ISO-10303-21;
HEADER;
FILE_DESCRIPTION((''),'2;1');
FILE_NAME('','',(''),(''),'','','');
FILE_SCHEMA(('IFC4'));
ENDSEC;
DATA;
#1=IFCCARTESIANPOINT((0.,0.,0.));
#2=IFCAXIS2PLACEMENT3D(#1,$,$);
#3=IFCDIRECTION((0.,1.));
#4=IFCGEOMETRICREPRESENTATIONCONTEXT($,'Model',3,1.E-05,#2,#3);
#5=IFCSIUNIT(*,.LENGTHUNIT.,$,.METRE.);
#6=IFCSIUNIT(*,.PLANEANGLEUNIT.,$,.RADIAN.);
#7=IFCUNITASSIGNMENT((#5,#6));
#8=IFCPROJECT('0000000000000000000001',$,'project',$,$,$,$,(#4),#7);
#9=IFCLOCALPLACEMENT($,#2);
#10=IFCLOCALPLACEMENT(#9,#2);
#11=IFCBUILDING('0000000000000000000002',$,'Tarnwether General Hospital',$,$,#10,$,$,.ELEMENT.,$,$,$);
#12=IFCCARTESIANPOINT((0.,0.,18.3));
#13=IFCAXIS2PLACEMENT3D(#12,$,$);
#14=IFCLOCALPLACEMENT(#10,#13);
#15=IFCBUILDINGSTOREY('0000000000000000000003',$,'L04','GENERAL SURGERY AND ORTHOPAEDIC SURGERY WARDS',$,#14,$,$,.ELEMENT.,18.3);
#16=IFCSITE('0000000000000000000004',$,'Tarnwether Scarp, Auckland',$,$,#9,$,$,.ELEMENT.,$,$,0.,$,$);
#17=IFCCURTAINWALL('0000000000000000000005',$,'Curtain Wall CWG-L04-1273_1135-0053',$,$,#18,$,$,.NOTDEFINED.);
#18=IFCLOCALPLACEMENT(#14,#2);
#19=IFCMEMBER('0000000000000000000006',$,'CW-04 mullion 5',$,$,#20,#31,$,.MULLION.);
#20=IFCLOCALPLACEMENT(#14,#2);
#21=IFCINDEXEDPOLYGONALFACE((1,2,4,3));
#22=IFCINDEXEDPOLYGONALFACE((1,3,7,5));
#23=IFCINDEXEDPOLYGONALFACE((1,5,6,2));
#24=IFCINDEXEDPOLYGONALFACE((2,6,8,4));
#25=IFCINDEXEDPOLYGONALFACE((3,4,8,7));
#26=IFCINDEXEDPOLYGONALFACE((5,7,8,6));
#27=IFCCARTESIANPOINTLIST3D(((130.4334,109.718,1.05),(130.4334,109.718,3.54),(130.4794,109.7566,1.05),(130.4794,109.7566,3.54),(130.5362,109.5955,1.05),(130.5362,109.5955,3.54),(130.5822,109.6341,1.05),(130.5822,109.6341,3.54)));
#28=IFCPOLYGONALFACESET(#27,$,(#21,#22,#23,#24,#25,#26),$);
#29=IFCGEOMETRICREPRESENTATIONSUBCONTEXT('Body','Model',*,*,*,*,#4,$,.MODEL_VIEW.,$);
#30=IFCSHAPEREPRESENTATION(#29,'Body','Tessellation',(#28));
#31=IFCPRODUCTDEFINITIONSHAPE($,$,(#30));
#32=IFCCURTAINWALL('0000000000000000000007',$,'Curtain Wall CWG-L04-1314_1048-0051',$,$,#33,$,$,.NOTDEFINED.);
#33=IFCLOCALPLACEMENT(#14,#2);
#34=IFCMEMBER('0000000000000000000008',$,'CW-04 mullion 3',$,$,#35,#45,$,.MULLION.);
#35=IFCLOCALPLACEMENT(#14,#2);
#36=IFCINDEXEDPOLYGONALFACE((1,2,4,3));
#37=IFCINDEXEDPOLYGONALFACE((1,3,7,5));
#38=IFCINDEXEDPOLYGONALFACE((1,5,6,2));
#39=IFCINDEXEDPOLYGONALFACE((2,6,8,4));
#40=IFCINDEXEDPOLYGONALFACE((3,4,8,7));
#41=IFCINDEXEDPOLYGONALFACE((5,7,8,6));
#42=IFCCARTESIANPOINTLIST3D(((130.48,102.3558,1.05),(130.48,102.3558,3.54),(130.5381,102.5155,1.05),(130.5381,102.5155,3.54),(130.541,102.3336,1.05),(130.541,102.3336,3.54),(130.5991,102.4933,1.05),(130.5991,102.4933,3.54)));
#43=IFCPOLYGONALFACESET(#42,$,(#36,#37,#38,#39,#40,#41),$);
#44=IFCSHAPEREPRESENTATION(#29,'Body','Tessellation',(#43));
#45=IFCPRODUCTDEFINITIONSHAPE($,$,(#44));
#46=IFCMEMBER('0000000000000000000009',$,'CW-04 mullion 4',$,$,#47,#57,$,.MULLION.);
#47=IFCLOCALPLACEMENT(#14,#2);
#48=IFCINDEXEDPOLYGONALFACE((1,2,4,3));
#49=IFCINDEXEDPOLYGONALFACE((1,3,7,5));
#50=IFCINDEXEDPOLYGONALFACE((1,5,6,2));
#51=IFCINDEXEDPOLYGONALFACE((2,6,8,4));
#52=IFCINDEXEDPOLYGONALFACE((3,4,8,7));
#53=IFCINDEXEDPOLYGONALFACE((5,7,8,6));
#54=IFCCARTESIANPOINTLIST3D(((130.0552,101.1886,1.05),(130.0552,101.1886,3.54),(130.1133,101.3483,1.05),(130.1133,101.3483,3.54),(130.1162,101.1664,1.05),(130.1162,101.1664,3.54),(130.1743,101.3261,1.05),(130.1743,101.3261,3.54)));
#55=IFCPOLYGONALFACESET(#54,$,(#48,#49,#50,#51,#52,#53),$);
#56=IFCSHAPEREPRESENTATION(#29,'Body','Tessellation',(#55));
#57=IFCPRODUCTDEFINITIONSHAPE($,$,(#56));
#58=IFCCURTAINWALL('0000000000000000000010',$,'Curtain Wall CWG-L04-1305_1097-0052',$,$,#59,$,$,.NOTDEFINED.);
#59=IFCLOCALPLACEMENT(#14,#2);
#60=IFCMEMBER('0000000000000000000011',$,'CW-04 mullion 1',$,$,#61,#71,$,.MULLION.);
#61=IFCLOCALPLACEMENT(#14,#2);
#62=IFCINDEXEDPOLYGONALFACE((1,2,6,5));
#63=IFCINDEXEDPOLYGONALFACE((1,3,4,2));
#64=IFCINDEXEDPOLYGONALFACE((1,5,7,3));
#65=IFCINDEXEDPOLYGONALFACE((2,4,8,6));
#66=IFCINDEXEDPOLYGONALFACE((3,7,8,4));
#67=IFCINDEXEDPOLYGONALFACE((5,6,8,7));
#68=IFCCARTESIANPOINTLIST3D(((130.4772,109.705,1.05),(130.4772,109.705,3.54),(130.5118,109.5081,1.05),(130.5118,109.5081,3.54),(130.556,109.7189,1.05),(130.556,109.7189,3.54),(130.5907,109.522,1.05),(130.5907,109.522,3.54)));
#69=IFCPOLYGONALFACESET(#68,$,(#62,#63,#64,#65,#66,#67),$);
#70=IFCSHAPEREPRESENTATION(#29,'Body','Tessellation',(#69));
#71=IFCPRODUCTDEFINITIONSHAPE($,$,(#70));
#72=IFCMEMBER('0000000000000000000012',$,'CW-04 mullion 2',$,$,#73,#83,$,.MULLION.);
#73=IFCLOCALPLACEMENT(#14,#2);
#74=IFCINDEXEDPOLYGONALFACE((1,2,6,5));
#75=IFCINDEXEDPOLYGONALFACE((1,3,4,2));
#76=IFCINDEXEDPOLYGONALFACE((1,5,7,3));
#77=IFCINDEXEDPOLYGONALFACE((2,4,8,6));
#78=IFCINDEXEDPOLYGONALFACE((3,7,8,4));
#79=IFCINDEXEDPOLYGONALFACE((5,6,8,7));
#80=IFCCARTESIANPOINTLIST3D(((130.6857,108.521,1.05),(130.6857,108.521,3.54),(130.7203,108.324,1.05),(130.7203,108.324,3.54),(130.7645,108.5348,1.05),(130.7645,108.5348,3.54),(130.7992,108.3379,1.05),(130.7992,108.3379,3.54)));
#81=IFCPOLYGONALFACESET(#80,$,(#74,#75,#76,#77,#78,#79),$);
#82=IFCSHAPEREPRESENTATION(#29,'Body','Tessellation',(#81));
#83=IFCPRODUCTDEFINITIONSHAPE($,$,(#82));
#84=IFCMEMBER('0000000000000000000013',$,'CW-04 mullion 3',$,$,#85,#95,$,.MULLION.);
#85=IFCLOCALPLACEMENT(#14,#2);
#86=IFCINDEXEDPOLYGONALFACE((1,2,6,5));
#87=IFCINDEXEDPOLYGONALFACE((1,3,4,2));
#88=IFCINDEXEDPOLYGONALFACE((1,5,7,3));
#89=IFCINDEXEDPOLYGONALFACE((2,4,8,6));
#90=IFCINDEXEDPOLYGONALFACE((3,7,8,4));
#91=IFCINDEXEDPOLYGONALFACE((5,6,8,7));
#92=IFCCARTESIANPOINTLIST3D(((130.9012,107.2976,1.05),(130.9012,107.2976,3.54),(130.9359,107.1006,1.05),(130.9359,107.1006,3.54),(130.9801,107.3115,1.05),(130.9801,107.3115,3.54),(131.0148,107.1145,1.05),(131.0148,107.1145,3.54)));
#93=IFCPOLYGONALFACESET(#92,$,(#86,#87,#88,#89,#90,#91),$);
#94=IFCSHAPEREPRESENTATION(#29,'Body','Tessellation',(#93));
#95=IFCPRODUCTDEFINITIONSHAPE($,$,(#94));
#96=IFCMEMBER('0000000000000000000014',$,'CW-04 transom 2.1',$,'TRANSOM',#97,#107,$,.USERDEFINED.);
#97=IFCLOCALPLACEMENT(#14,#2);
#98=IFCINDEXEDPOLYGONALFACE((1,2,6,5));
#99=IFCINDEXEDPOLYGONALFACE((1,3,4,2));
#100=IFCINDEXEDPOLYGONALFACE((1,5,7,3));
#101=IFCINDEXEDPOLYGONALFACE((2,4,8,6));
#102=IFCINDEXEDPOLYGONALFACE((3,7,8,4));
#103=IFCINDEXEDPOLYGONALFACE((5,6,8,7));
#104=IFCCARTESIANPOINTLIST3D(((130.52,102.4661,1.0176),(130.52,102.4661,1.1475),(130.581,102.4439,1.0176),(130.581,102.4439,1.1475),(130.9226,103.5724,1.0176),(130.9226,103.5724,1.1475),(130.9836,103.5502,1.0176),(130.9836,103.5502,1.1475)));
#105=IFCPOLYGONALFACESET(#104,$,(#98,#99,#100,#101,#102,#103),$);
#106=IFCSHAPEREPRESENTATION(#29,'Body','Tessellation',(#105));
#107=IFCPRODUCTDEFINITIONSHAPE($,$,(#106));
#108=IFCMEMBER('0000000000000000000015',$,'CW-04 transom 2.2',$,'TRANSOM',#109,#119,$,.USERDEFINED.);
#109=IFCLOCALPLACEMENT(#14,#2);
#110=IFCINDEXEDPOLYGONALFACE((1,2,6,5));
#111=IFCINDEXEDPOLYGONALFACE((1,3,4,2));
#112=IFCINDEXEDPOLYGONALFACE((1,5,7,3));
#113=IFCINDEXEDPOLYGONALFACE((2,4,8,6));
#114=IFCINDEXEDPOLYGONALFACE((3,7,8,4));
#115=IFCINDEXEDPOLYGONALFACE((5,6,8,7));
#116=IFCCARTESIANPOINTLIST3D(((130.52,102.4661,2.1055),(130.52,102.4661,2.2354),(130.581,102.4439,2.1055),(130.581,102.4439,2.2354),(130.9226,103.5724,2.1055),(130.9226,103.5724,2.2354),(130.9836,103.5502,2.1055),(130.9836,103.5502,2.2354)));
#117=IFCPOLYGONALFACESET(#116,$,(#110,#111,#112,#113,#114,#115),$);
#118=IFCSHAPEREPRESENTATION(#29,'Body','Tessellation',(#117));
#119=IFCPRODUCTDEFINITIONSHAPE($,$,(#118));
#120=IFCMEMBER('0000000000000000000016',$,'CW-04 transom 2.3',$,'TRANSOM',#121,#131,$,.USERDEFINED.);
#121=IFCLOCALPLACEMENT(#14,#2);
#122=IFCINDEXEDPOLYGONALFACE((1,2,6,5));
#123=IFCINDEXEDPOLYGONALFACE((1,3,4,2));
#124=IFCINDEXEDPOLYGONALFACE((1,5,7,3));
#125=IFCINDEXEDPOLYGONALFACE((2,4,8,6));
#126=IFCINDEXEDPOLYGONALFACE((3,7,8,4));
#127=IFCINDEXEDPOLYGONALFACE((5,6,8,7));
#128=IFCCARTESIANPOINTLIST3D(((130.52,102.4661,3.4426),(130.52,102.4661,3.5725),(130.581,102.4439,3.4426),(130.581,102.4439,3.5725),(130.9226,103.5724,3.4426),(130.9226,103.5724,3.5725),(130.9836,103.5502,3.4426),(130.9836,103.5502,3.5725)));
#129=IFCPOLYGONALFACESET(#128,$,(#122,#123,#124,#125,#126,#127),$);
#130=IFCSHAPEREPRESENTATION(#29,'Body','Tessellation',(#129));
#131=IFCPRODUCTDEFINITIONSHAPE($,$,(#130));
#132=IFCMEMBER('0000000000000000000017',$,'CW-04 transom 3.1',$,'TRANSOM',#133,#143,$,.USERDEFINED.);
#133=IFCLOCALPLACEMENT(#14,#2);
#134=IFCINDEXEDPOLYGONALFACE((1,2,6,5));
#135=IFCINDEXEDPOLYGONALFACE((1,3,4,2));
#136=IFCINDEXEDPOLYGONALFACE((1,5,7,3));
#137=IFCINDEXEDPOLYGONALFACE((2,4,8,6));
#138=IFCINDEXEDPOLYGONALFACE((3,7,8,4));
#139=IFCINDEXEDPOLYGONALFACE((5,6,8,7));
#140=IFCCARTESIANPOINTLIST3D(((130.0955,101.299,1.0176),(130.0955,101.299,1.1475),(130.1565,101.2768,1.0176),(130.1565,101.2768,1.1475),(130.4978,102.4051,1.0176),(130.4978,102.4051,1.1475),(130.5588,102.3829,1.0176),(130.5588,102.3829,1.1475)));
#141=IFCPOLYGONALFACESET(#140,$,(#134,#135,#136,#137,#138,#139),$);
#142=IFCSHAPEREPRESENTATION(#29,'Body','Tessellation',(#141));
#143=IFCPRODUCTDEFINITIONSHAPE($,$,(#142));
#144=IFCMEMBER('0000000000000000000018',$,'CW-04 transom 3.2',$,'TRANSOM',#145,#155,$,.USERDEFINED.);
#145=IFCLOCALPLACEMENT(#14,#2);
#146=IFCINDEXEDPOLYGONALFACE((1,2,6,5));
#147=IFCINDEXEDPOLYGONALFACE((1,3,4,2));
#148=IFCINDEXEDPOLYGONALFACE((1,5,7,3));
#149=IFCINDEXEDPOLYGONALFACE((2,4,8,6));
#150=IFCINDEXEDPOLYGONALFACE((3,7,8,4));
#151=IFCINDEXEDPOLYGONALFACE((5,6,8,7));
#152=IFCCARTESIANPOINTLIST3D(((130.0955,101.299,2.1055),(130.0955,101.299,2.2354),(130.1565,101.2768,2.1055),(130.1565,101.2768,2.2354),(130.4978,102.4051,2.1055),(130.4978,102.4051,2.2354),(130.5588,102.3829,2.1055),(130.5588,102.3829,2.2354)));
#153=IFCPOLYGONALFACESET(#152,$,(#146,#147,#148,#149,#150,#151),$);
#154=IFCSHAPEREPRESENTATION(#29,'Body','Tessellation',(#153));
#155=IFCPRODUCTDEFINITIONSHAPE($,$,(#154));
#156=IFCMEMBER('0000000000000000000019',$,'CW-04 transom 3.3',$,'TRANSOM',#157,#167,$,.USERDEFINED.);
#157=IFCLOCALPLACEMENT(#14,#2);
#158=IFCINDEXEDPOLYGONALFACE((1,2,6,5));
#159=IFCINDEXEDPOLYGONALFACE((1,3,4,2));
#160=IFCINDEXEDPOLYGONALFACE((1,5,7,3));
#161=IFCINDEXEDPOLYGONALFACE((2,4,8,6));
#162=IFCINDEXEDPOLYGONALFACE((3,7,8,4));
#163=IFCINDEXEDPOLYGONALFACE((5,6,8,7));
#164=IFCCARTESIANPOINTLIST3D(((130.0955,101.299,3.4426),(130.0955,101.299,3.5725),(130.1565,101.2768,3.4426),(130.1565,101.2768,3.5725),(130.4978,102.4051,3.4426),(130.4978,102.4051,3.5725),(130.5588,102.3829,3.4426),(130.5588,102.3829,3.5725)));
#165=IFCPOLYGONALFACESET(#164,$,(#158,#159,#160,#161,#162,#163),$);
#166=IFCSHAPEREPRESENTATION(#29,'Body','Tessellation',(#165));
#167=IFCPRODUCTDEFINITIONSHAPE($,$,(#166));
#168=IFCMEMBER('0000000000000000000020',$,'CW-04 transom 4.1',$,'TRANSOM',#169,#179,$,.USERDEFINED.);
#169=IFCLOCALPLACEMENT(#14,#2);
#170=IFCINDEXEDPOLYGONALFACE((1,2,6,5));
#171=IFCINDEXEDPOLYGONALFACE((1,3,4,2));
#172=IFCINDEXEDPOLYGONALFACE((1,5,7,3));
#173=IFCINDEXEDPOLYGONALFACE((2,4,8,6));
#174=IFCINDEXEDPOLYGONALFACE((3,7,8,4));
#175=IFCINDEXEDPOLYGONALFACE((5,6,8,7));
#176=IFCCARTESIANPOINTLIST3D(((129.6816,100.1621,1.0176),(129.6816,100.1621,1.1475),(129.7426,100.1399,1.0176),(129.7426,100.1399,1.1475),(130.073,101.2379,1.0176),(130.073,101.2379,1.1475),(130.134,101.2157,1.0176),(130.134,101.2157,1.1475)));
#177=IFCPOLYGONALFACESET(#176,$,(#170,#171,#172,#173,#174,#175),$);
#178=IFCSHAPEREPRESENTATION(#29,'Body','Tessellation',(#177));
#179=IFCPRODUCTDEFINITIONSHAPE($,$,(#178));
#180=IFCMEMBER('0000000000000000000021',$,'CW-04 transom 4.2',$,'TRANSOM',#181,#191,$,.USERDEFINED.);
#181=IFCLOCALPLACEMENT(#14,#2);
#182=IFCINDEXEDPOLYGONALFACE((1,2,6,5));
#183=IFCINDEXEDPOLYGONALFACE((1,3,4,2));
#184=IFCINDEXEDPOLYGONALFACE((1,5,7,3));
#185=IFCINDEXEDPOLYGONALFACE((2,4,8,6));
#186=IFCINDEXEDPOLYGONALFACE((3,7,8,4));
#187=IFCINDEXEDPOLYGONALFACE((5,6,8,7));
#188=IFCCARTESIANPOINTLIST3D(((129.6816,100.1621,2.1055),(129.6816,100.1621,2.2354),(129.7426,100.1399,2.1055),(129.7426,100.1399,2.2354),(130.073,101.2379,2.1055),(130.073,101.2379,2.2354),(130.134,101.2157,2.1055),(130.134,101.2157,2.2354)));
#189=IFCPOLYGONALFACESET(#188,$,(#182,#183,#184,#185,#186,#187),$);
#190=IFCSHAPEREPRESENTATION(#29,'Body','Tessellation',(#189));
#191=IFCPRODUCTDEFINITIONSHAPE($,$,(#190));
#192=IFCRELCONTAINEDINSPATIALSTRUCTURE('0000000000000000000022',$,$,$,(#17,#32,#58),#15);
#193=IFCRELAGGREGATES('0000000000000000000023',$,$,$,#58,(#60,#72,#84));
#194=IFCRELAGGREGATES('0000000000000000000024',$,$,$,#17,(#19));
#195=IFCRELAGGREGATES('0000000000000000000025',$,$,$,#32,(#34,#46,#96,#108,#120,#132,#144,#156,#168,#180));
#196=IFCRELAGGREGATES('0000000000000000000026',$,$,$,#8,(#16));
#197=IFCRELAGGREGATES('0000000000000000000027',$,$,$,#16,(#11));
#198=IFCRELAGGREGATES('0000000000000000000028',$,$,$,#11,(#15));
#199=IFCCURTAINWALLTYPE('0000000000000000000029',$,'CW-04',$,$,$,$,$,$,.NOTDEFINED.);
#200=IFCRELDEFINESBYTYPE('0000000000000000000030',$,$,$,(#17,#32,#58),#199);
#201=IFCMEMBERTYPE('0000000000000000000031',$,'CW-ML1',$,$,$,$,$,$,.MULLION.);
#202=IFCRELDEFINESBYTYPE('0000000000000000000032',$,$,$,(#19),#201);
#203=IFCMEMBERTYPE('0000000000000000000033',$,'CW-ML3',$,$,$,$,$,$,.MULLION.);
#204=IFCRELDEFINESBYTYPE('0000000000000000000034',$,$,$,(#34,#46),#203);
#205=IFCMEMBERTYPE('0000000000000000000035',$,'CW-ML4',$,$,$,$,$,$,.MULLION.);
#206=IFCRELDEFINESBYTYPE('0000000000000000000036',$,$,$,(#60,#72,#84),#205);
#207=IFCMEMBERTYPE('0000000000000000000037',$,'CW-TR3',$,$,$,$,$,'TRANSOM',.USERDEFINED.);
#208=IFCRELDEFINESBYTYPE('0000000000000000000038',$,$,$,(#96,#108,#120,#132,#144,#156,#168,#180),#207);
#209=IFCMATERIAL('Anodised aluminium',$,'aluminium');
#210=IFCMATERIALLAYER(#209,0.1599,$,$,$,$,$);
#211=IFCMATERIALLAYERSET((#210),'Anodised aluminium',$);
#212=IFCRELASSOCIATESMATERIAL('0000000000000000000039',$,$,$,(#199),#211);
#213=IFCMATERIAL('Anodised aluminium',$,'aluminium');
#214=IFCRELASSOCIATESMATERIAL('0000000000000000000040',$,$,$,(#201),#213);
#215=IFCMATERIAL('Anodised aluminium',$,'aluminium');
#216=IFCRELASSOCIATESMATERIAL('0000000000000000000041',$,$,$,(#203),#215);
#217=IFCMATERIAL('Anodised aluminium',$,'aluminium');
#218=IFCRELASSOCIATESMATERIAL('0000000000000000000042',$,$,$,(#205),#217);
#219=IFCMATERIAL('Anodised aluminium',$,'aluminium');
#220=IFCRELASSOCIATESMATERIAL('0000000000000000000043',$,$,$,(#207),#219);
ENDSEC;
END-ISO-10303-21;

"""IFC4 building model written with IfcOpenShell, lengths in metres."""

from ifc_helpers import new_model, si_unit, direction, frame, origin, origin_2d, place, context, subcontext, project, spatial, rectangle, extrude, material, layer, layer_set, material_profile, profile_set, type_object, element, aggregate, save


model = new_model("IFC4")

# Units and contexts
model_context = context("Model", 3, precision=1e-05, world=origin(), true_north=direction((0.0, 1.0)))
body_context = subcontext(model_context, "Body", "Model", "MODEL_VIEW")
ifc_project = project(units=[si_unit("LENGTHUNIT", "METRE"), si_unit("PLANEANGLEUNIT", "RADIAN")], contexts=[model_context])

# Site, building, storey
site_placement = place(None, origin())
site = spatial("IfcSite", under=ifc_project, at=site_placement, Name="Tarnwether Scarp, Auckland", CompositionType="ELEMENT", RefElevation=0.0)
building_placement = place(site_placement, origin())
building = spatial("IfcBuilding", under=site, at=building_placement, Name="Tarnwether General Hospital", CompositionType="ELEMENT")
storey_placement = place(building_placement, frame((0.0, 0.0, 18.3)))
storey = spatial("IfcBuildingStorey", under=building, at=storey_placement, Name="L04", Description="GENERAL SURGERY AND ORTHOPAEDIC SURGERY WARDS", CompositionType="ELEMENT", Elevation=18.3)

# Curtain wall, member
ifc_material_1 = material(Name="Anodised aluminium", Category="aluminium")
ifc_layer_1 = layer(ifc_material_1, 0.1599)
ifc_layer_set_1 = layer_set([ifc_layer_1], Name="Anodised aluminium")
curtain_wall_type = type_object("IfcCurtainWallType", Name="CW-04", PredefinedType="NOTDEFINED", material=ifc_layer_set_1)
curtain_wall_1_placement = place(storey_placement, origin())
curtain_wall_1 = element("IfcCurtainWall", 1, at=curtain_wall_1_placement, inside=storey, type_object=curtain_wall_type, Name="Curtain Wall CWG-L04-1273_1135-0053", PredefinedType="NOTDEFINED")
ifc_material_2 = material(Name="Anodised aluminium", Category="aluminium")
ifc_material_profile_1 = material_profile(ifc_material_2, rectangle(XDim=0.0601, YDim=0.1599, at=origin_2d()), Name="ALU-MUL-60x160")
ifc_profile_set_1 = profile_set([ifc_material_profile_1], Name="Anodised aluminium")
member_type_1 = type_object("IfcMemberType", Name="CW-ML1", PredefinedType="MULLION", material=ifc_profile_set_1)
member_1_placement = place(storey_placement, frame((130.5078, 109.676, 1.05), z_axis=(0.0, 0.0, 1.0), x_axis=(0.76599, 0.642852, 0.0)))
member_1 = element("IfcMember", 2, at=member_1_placement, type_object=member_type_1, Name="CW-04 mullion 5", PredefinedType="MULLION", context=body_context, shape_type="SweptSolid", body=[
    extrude(rectangle(XDim=0.0601, YDim=0.1599, at=origin_2d()), origin(), (0.0, 0.0, 1.0), 2.49),
])

# Curtain walls, members
curtain_wall_2_placement = place(storey_placement, origin())
curtain_wall_2 = element("IfcCurtainWall", 3, at=curtain_wall_2_placement, inside=storey, type_object=curtain_wall_type, Name="Curtain Wall CWG-L04-1314_1048-0051", PredefinedType="NOTDEFINED")
ifc_material_3 = material(Name="Anodised aluminium", Category="aluminium")
ifc_material_profile_2 = material_profile(ifc_material_3, rectangle(XDim=0.0649, YDim=0.1699, at=origin_2d()), Name="ALU-MUL-65x170")
ifc_profile_set_2 = profile_set([ifc_material_profile_2], Name="Anodised aluminium")
member_type_2 = type_object("IfcMemberType", Name="CW-ML3", PredefinedType="MULLION", material=ifc_profile_set_2)
member_2_placement = place(storey_placement, frame((130.5396, 102.4246, 1.05), z_axis=(0.0, 0.0, 1.0), x_axis=(0.939717, -0.341953, 0.0)))
member_2 = element("IfcMember", 4, at=member_2_placement, type_object=member_type_2, Name="CW-04 mullion 3", PredefinedType="MULLION", context=body_context, shape_type="SweptSolid", body=[
    extrude(rectangle(XDim=0.0649, YDim=0.1699, at=origin_2d()), origin(), (0.0, 0.0, 1.0), 2.49),
])
member_3_placement = place(storey_placement, frame((130.1147, 101.2573, 1.05), z_axis=(0.0, 0.0, 1.0), x_axis=(0.939717, -0.341953, 0.0)))
member_3 = element("IfcMember", 5, at=member_3_placement, type_object=member_type_2, Name="CW-04 mullion 4", PredefinedType="MULLION", context=body_context, shape_type="SweptSolid", body=[
    extrude(rectangle(XDim=0.0649, YDim=0.1699, at=origin_2d()), origin(), (0.0, 0.0, 1.0), 2.49),
])
curtain_wall_3_placement = place(storey_placement, origin())
curtain_wall_3 = element("IfcCurtainWall", 6, at=curtain_wall_3_placement, inside=storey, type_object=curtain_wall_type, Name="Curtain Wall CWG-L04-1305_1097-0052", PredefinedType="NOTDEFINED")
ifc_material_4 = material(Name="Anodised aluminium", Category="aluminium")
ifc_material_profile_3 = material_profile(ifc_material_4, rectangle(XDim=0.0801, YDim=0.2, at=origin_2d()), Name="ALU-MUL-80x200")
ifc_profile_set_3 = profile_set([ifc_material_profile_3], Name="Anodised aluminium")
member_type_3 = type_object("IfcMemberType", Name="CW-ML4", PredefinedType="MULLION", material=ifc_profile_set_3)
member_4_placement = place(storey_placement, frame((130.5339, 109.6135, 1.05), z_axis=(0.0, 0.0, 1.0), x_axis=(0.98484, 0.173464, 0.0)))
member_4 = element("IfcMember", 7, at=member_4_placement, type_object=member_type_3, Name="CW-04 mullion 1", PredefinedType="MULLION", context=body_context, shape_type="SweptSolid", body=[
    extrude(rectangle(XDim=0.0801, YDim=0.2, at=origin_2d()), origin(), (0.0, 0.0, 1.0), 2.49),
])
member_5_placement = place(storey_placement, frame((130.7424, 108.4294, 1.05), z_axis=(0.0, 0.0, 1.0), x_axis=(0.98484, 0.173464, 0.0)))
member_5 = element("IfcMember", 8, at=member_5_placement, type_object=member_type_3, Name="CW-04 mullion 2", PredefinedType="MULLION", context=body_context, shape_type="SweptSolid", body=[
    extrude(rectangle(XDim=0.0801, YDim=0.2, at=origin_2d()), origin(), (0.0, 0.0, 1.0), 2.49),
])
member_6_placement = place(storey_placement, frame((130.958, 107.2061, 1.05), z_axis=(0.0, 0.0, 1.0), x_axis=(0.98484, 0.173464, 0.0)))
member_6 = element("IfcMember", 9, at=member_6_placement, type_object=member_type_3, Name="CW-04 mullion 3", PredefinedType="MULLION", context=body_context, shape_type="SweptSolid", body=[
    extrude(rectangle(XDim=0.0801, YDim=0.2, at=origin_2d()), origin(), (0.0, 0.0, 1.0), 2.49),
])

# Members
ifc_material_5 = material(Name="Anodised aluminium", Category="aluminium")
ifc_material_profile_4 = material_profile(ifc_material_5, rectangle(XDim=0.0649, YDim=0.1299, at=origin_2d()), Name="ALU-TRN-65x130")
ifc_profile_set_4 = profile_set([ifc_material_profile_4], Name="Anodised aluminium")
member_type_4 = type_object("IfcMemberType", Name="CW-TR3", ElementType="TRANSOM", PredefinedType="USERDEFINED", material=ifc_profile_set_4)
member_7_placement = place(storey_placement, frame((130.9531, 103.5613, 1.0825), z_axis=(-0.341993, -0.939703, 0.0), x_axis=(0.939703, -0.341993, 0.0)))
member_7 = element("IfcMember", 10, at=member_7_placement, type_object=member_type_4, Name="CW-04 transom 2.1", ObjectType="TRANSOM", PredefinedType="USERDEFINED", context=body_context, shape_type="SweptSolid", body=[
    extrude(rectangle(XDim=0.0649, YDim=0.1299, at=origin_2d()), origin(), (0.0, 0.0, 1.0), 1.1772),
])
member_8_placement = place(storey_placement, frame((130.9531, 103.5613, 2.1704), z_axis=(-0.341993, -0.939703, 0.0), x_axis=(0.939703, -0.341993, 0.0)))
member_8 = element("IfcMember", 11, at=member_8_placement, type_object=member_type_4, Name="CW-04 transom 2.2", ObjectType="TRANSOM", PredefinedType="USERDEFINED", context=body_context, shape_type="SweptSolid", body=[
    extrude(rectangle(XDim=0.0649, YDim=0.1299, at=origin_2d()), origin(), (0.0, 0.0, 1.0), 1.1772),
])
member_9_placement = place(storey_placement, frame((130.9531, 103.5613, 3.5076), z_axis=(-0.341993, -0.939703, 0.0), x_axis=(0.939703, -0.341993, 0.0)))
member_9 = element("IfcMember", 12, at=member_9_placement, type_object=member_type_4, Name="CW-04 transom 2.3", ObjectType="TRANSOM", PredefinedType="USERDEFINED", context=body_context, shape_type="SweptSolid", body=[
    extrude(rectangle(XDim=0.0649, YDim=0.1299, at=origin_2d()), origin(), (0.0, 0.0, 1.0), 1.1772),
])
member_10_placement = place(storey_placement, frame((130.5283, 102.394, 1.0825), z_axis=(-0.34181, -0.939769, 0.0), x_axis=(0.939769, -0.34181, 0.0)))
member_10 = element("IfcMember", 13, at=member_10_placement, type_object=member_type_4, Name="CW-04 transom 3.1", ObjectType="TRANSOM", PredefinedType="USERDEFINED", context=body_context, shape_type="SweptSolid", body=[
    extrude(rectangle(XDim=0.0649, YDim=0.1299, at=origin_2d()), origin(), (0.0, 0.0, 1.0), 1.177),
])
member_11_placement = place(storey_placement, frame((130.5283, 102.394, 2.1704), z_axis=(-0.34181, -0.939769, 0.0), x_axis=(0.939769, -0.34181, 0.0)))
member_11 = element("IfcMember", 14, at=member_11_placement, type_object=member_type_4, Name="CW-04 transom 3.2", ObjectType="TRANSOM", PredefinedType="USERDEFINED", context=body_context, shape_type="SweptSolid", body=[
    extrude(rectangle(XDim=0.0649, YDim=0.1299, at=origin_2d()), origin(), (0.0, 0.0, 1.0), 1.177),
])
member_12_placement = place(storey_placement, frame((130.5283, 102.394, 3.5076), z_axis=(-0.34181, -0.939769, 0.0), x_axis=(0.939769, -0.34181, 0.0)))
member_12 = element("IfcMember", 15, at=member_12_placement, type_object=member_type_4, Name="CW-04 transom 3.3", ObjectType="TRANSOM", PredefinedType="USERDEFINED", context=body_context, shape_type="SweptSolid", body=[
    extrude(rectangle(XDim=0.0649, YDim=0.1299, at=origin_2d()), origin(), (0.0, 0.0, 1.0), 1.177),
])
member_13_placement = place(storey_placement, frame((130.1035, 101.2268, 1.0825), z_axis=(-0.341897, -0.939737, 0.0), x_axis=(0.939737, -0.341897, 0.0)))
member_13 = element("IfcMember", 16, at=member_13_placement, type_object=member_type_4, Name="CW-04 transom 4.1", ObjectType="TRANSOM", PredefinedType="USERDEFINED", context=body_context, shape_type="SweptSolid", body=[
    extrude(rectangle(XDim=0.0649, YDim=0.1299, at=origin_2d()), origin(), (0.0, 0.0, 1.0), 1.1448),
])
member_14_placement = place(storey_placement, frame((130.1035, 101.2268, 2.1704), z_axis=(-0.341897, -0.939737, 0.0), x_axis=(0.939737, -0.341897, 0.0)))
member_14 = element("IfcMember", 17, at=member_14_placement, type_object=member_type_4, Name="CW-04 transom 4.2", ObjectType="TRANSOM", PredefinedType="USERDEFINED", context=body_context, shape_type="SweptSolid", body=[
    extrude(rectangle(XDim=0.0649, YDim=0.1299, at=origin_2d()), origin(), (0.0, 0.0, 1.0), 1.1448),
])

aggregate(curtain_wall_3, [member_4, member_5, member_6])
aggregate(curtain_wall_1, [member_1])
aggregate(curtain_wall_2, [member_2, member_3, member_7, member_8, member_9, member_10, member_11, member_12, member_13, member_14])

save(model, "model.ifc")
